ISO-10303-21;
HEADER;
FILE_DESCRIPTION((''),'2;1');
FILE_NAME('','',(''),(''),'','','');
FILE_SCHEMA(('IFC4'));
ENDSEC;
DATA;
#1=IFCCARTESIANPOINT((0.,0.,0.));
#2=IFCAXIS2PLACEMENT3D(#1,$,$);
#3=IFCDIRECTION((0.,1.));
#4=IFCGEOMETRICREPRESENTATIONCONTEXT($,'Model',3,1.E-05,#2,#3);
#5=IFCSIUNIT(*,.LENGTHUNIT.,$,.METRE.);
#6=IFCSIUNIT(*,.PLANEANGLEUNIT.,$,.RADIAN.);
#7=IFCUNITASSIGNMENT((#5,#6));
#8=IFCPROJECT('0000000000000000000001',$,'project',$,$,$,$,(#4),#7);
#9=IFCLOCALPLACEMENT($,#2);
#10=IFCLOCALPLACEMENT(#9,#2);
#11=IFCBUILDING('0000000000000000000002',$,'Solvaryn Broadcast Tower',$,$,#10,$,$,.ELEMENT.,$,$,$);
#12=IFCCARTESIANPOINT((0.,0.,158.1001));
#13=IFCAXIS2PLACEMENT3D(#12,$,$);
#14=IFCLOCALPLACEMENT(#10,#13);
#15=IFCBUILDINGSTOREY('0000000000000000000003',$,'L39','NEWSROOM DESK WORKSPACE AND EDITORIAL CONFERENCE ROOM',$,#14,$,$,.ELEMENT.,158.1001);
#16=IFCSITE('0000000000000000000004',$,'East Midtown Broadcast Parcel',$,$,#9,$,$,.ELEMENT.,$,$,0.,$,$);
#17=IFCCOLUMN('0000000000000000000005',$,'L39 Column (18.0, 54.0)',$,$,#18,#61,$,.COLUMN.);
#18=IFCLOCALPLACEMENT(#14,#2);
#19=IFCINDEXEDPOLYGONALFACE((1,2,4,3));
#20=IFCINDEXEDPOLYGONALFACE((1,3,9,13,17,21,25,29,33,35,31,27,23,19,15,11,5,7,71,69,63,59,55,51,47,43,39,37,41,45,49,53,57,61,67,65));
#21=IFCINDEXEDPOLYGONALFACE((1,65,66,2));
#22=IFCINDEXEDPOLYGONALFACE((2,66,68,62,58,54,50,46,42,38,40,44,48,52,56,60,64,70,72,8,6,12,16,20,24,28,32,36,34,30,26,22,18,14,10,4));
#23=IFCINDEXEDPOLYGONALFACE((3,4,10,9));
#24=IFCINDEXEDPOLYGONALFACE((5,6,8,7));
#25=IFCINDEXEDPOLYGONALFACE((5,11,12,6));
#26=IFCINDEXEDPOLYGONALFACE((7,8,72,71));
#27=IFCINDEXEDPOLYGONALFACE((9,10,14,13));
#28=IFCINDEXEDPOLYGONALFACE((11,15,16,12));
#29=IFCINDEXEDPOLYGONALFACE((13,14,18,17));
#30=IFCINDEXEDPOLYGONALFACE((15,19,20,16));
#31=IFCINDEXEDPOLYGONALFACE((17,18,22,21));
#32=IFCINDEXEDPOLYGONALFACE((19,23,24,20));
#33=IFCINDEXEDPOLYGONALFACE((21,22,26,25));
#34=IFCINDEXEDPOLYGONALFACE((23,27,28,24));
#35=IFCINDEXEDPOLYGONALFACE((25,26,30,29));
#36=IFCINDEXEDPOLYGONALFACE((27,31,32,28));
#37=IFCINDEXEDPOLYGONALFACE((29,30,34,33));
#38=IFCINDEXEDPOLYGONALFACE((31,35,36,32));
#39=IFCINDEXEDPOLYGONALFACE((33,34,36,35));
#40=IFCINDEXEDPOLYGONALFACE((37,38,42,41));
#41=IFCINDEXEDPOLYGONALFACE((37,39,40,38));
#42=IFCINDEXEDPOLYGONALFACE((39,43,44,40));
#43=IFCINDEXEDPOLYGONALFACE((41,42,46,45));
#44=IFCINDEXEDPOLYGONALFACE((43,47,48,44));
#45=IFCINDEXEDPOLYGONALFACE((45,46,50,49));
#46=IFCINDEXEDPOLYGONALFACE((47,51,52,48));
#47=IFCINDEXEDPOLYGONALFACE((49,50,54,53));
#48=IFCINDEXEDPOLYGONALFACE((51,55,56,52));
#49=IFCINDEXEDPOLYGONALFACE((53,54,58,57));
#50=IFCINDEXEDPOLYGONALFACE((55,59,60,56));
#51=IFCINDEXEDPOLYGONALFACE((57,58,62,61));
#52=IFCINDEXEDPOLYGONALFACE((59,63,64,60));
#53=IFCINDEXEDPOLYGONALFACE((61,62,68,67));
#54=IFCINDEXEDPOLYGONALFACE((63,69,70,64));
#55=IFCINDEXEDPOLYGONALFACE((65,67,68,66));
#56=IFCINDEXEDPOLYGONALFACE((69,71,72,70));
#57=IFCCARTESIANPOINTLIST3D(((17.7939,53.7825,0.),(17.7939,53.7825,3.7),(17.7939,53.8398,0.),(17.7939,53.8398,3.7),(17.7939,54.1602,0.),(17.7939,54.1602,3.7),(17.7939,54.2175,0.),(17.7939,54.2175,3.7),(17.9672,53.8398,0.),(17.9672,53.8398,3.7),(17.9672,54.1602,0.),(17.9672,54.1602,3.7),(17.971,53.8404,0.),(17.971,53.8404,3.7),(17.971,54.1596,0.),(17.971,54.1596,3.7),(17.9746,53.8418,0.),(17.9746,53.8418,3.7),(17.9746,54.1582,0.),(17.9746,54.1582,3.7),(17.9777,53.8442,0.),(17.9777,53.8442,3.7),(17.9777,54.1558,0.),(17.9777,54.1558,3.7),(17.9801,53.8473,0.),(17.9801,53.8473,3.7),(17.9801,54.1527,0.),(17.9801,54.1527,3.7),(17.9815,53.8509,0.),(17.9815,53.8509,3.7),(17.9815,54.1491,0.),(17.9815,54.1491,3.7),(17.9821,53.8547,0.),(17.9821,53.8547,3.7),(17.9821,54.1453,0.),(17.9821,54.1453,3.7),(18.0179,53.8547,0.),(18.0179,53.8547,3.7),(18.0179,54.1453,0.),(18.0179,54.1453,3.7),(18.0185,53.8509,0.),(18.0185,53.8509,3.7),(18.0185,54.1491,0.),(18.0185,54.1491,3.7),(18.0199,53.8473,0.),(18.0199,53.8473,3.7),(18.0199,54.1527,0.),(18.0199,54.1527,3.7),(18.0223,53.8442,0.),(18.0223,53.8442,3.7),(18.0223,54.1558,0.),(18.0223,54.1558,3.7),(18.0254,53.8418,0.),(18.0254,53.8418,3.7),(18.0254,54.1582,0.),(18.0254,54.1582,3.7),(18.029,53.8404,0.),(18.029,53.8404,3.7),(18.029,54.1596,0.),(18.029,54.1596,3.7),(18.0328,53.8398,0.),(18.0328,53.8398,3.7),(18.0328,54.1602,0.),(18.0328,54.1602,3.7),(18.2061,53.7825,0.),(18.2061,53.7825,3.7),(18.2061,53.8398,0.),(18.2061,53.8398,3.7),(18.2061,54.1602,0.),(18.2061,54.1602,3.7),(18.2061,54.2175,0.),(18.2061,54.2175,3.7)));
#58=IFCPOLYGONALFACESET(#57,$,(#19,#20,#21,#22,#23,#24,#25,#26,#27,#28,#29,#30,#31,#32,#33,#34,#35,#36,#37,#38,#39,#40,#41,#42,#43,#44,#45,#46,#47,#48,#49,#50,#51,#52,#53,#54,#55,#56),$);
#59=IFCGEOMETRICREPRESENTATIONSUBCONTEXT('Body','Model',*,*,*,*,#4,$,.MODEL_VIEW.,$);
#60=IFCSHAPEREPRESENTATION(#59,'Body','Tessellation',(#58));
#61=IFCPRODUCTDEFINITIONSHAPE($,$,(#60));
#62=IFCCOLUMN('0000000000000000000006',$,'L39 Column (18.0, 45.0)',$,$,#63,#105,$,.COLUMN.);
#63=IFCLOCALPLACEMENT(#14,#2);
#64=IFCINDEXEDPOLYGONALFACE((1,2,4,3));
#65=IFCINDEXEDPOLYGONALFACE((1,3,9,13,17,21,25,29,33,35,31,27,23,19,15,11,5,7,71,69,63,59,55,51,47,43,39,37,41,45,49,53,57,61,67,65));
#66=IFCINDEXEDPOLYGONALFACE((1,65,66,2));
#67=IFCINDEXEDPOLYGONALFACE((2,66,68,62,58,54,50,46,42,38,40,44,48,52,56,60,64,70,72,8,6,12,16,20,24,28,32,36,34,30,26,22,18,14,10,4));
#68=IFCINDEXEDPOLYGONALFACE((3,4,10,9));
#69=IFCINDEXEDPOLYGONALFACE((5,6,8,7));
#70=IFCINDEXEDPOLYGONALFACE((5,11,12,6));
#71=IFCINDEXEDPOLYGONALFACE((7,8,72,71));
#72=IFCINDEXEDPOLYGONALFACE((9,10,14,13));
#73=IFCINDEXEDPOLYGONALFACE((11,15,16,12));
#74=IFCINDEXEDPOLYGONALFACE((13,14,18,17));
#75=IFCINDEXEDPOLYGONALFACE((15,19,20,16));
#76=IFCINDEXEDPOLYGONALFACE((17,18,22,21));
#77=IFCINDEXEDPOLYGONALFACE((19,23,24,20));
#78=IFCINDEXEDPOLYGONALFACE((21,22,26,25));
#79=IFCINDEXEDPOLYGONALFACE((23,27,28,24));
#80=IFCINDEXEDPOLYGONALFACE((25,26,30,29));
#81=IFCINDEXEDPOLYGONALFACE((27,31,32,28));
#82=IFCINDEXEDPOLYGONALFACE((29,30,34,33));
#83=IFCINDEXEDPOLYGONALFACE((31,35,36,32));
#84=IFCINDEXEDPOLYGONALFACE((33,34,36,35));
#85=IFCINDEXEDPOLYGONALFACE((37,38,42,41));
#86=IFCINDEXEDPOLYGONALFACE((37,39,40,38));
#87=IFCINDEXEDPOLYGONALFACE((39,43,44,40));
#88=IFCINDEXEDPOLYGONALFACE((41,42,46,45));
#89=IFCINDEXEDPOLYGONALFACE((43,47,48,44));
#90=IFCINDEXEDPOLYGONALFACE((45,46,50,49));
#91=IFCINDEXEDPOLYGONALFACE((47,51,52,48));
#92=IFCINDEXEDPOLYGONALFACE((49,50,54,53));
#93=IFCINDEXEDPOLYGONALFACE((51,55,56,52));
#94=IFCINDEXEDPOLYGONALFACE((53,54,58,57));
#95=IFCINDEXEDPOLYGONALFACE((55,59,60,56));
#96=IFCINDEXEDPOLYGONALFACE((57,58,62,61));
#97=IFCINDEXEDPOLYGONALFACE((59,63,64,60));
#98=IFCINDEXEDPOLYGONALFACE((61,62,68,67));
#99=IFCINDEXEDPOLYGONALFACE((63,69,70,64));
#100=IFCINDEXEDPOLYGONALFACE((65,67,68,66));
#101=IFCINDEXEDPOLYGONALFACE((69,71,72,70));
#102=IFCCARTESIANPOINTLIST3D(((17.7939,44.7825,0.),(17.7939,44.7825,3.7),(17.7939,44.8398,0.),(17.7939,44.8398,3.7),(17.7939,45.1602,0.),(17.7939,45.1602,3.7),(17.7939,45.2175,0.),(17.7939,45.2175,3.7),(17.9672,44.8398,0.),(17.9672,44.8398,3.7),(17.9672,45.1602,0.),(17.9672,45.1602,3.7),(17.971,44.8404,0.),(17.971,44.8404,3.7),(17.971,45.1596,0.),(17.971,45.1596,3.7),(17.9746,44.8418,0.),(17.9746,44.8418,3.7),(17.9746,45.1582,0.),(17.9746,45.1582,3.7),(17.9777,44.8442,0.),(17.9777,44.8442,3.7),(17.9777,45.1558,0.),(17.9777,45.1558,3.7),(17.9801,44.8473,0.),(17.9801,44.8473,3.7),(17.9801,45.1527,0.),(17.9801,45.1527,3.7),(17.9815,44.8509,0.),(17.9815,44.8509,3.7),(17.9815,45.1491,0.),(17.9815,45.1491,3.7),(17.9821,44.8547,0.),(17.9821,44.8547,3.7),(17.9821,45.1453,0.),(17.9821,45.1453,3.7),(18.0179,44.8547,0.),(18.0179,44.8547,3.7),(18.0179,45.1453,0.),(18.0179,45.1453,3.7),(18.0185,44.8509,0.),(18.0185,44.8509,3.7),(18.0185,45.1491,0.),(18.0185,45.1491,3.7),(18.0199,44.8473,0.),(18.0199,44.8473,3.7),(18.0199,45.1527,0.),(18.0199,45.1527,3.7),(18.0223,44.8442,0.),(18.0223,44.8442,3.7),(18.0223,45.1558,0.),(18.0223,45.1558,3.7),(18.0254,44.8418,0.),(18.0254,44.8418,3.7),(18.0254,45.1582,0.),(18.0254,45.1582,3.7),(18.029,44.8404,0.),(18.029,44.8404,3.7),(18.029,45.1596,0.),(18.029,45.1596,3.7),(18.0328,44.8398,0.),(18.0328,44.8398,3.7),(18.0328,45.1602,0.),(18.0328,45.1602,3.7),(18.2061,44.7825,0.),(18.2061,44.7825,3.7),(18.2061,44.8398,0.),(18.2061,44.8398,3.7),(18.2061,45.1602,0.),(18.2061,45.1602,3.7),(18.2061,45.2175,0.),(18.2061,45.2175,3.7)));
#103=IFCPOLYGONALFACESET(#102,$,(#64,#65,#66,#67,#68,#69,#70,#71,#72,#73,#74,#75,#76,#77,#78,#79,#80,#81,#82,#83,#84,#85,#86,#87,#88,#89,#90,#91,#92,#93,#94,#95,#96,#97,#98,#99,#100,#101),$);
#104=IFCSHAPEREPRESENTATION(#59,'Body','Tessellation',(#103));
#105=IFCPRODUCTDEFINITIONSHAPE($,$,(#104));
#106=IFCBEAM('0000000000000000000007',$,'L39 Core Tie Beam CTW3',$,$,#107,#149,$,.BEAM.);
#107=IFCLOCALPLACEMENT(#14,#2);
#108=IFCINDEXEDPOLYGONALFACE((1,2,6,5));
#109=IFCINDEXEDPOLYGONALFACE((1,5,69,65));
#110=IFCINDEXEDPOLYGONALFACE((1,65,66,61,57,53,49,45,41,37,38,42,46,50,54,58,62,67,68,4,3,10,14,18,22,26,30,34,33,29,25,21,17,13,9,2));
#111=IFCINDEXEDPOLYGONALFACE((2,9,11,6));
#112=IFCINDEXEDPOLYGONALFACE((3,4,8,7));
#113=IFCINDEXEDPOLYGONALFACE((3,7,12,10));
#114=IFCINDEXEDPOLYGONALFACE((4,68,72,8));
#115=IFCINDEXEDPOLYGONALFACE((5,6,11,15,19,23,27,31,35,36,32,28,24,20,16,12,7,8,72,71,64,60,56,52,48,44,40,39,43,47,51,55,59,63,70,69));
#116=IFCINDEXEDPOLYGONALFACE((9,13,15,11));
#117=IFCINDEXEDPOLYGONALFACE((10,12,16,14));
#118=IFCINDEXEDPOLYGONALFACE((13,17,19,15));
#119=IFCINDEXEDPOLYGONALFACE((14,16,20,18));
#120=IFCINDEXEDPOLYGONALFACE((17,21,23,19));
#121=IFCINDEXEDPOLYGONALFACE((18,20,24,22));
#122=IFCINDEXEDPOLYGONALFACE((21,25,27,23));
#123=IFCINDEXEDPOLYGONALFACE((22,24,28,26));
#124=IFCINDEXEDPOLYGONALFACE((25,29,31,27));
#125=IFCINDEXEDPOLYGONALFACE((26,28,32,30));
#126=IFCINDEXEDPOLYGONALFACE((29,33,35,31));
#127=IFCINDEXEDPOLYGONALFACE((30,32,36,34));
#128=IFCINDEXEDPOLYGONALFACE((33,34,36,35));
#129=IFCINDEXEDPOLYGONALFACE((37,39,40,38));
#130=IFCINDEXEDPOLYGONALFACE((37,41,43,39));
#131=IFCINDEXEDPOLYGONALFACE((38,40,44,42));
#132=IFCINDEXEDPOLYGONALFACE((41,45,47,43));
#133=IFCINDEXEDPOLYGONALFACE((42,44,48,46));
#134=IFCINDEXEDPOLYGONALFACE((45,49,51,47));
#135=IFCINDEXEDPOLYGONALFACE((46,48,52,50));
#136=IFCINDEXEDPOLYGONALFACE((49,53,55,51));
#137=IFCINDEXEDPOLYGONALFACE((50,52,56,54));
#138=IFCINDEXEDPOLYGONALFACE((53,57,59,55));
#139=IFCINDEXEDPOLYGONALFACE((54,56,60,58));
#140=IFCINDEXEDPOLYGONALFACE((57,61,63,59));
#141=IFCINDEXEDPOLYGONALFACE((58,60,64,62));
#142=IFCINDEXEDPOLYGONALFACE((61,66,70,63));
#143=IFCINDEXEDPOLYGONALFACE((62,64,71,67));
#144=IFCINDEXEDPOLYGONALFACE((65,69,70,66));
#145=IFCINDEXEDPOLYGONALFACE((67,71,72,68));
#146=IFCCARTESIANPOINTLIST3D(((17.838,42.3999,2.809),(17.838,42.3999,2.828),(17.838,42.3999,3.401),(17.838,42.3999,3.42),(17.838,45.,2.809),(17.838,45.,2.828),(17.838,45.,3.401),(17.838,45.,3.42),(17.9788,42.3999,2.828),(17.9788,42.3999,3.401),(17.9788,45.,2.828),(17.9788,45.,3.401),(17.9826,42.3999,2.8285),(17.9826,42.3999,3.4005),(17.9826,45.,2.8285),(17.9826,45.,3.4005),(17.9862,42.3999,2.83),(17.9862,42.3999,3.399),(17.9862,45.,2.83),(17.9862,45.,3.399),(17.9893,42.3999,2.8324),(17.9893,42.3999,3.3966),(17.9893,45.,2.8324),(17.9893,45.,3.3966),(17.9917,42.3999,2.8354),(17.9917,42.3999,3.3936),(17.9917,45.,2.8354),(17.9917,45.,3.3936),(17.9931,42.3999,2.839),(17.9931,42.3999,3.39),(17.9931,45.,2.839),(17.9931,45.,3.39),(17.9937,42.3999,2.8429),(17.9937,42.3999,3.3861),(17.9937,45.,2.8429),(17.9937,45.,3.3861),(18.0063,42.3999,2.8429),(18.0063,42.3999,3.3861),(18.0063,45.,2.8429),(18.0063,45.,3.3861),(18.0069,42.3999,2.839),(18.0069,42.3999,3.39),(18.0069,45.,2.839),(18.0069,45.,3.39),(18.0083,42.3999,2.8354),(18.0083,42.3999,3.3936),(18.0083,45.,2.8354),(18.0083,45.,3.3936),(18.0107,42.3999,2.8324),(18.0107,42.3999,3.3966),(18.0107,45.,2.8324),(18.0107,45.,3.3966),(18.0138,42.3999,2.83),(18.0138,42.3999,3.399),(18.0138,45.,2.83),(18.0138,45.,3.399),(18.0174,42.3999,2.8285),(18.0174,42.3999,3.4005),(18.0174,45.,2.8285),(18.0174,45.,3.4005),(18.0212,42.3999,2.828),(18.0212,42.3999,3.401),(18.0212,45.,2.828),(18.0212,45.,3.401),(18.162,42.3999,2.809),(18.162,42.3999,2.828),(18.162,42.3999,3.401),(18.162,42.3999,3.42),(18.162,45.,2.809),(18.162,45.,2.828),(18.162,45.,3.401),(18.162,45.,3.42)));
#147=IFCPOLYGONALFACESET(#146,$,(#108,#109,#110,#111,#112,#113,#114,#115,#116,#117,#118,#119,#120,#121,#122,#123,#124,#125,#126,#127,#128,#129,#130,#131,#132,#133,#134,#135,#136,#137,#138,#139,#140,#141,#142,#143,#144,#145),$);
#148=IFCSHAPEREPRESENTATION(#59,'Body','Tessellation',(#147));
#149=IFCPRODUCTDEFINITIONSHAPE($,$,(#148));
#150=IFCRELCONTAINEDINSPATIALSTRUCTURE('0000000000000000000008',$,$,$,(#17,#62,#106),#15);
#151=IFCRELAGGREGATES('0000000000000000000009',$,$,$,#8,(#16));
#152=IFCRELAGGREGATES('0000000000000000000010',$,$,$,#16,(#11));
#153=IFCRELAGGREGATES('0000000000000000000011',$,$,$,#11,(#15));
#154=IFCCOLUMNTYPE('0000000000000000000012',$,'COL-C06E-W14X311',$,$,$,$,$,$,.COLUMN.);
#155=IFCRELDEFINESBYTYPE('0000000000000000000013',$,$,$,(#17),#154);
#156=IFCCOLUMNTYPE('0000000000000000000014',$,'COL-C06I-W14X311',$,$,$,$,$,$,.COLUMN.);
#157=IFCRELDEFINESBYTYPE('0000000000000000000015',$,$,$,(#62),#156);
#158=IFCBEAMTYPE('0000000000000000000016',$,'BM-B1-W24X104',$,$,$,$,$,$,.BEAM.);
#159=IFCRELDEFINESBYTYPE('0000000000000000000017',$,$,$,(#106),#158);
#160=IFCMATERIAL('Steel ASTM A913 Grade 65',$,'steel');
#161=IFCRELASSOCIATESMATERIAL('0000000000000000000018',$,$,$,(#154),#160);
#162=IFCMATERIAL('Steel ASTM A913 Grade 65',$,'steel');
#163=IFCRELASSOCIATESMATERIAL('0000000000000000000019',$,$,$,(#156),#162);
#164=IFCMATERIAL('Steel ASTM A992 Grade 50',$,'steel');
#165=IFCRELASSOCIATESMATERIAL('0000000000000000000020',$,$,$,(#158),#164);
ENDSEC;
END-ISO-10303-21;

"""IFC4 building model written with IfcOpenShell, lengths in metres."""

from ifc_helpers import new_model, si_unit, direction, frame, origin, origin_2d, place, context, subcontext, project, spatial, i_section, extrude, material, material_profile, profile_set, type_object, element, save


model = new_model("IFC4")

# Units and contexts
model_context = context("Model", 3, precision=1e-05, world=origin(), true_north=direction((0.0, 1.0)))
body_context = subcontext(model_context, "Body", "Model", "MODEL_VIEW")
ifc_project = project(units=[si_unit("LENGTHUNIT", "METRE"), si_unit("PLANEANGLEUNIT", "RADIAN")], contexts=[model_context])

# Site, building, storey
site_placement = place(None, origin())
site = spatial("IfcSite", under=ifc_project, at=site_placement, Name="East Midtown Broadcast Parcel", CompositionType="ELEMENT", RefElevation=0.0)
building_placement = place(site_placement, origin())
building = spatial("IfcBuilding", under=site, at=building_placement, Name="Solvaryn Broadcast Tower", CompositionType="ELEMENT")
storey_placement = place(building_placement, frame((0.0, 0.0, 158.1001)))
storey = spatial("IfcBuildingStorey", under=building, at=storey_placement, Name="L39", Description="NEWSROOM DESK WORKSPACE AND EDITORIAL CONFERENCE ROOM", CompositionType="ELEMENT", Elevation=158.1001)

# Columns
ifc_material_1 = material(Name="Steel ASTM A913 Grade 65", Category="steel")
ifc_material_profile_1 = material_profile(ifc_material_1, i_section(OverallWidth=0.4121, OverallDepth=0.4351, WebThickness=0.0359, FlangeThickness=0.0574, FilletRadius=0.0149, at=origin_2d()))
ifc_profile_set_1 = profile_set([ifc_material_profile_1], Name="Steel ASTM A913 Grade 65")
column_type_1 = type_object("IfcColumnType", Name="COL-C06E-W14X311", PredefinedType="COLUMN", material=ifc_profile_set_1)
column_1_placement = place(storey_placement, frame((18.0, 54.0, 0.0), z_axis=(0.0, 0.0, 1.0), x_axis=(1.0, 0.0, 0.0)))
element("IfcColumn", 1, at=column_1_placement, inside=storey, type_object=column_type_1, Name="L39 Column (18.0, 54.0)", PredefinedType="COLUMN", context=body_context, shape_type="SweptSolid", body=[
    extrude(i_section(OverallWidth=0.4121, OverallDepth=0.4351, WebThickness=0.0359, FlangeThickness=0.0574, FilletRadius=0.0149, at=origin_2d()), origin(), (0.0, 0.0, 1.0), 3.7),
])
ifc_material_2 = material(Name="Steel ASTM A913 Grade 65", Category="steel")
ifc_material_profile_2 = material_profile(ifc_material_2, i_section(OverallWidth=0.4121, OverallDepth=0.4351, WebThickness=0.0359, FlangeThickness=0.0574, FilletRadius=0.0149, at=origin_2d()))
ifc_profile_set_2 = profile_set([ifc_material_profile_2], Name="Steel ASTM A913 Grade 65")
column_type_2 = type_object("IfcColumnType", Name="COL-C06I-W14X311", PredefinedType="COLUMN", material=ifc_profile_set_2)
column_2_placement = place(storey_placement, frame((18.0, 45.0, 0.0), z_axis=(0.0, 0.0, 1.0), x_axis=(1.0, 0.0, 0.0)))
element("IfcColumn", 2, at=column_2_placement, inside=storey, type_object=column_type_2, Name="L39 Column (18.0, 45.0)", PredefinedType="COLUMN", context=body_context, shape_type="SweptSolid", body=[
    extrude(i_section(OverallWidth=0.4121, OverallDepth=0.4351, WebThickness=0.0359, FlangeThickness=0.0574, FilletRadius=0.0149, at=origin_2d()), origin(), (0.0, 0.0, 1.0), 3.7),
])

# Beam
ifc_material_3 = material(Name="Steel ASTM A992 Grade 50", Category="steel")
ifc_material_profile_3 = material_profile(ifc_material_3, i_section(OverallWidth=0.324, OverallDepth=0.6111, WebThickness=0.0127, FlangeThickness=0.019, FilletRadius=0.0149, at=origin_2d()))
ifc_profile_set_3 = profile_set([ifc_material_profile_3], Name="Steel ASTM A992 Grade 50")
beam_type_1 = type_object("IfcBeamType", Name="BM-B1-W24X104", PredefinedType="BEAM", material=ifc_profile_set_3)
beam_1_placement = place(storey_placement, frame((18.0, 42.3999, 3.1145), z_axis=(0.0, 1.0, 0.0), x_axis=(-1.0, 0.0, 0.0)))
element("IfcBeam", 3, at=beam_1_placement, inside=storey, type_object=beam_type_1, Name="L39 Core Tie Beam CTW3", PredefinedType="BEAM", context=body_context, shape_type="SweptSolid", body=[
    extrude(i_section(OverallWidth=0.324, OverallDepth=0.6111, WebThickness=0.0127, FlangeThickness=0.019, FilletRadius=0.0149, at=origin_2d()), origin(), (0.0, 0.0, 1.0), 2.6001),
])

save(model, "model.ifc")
